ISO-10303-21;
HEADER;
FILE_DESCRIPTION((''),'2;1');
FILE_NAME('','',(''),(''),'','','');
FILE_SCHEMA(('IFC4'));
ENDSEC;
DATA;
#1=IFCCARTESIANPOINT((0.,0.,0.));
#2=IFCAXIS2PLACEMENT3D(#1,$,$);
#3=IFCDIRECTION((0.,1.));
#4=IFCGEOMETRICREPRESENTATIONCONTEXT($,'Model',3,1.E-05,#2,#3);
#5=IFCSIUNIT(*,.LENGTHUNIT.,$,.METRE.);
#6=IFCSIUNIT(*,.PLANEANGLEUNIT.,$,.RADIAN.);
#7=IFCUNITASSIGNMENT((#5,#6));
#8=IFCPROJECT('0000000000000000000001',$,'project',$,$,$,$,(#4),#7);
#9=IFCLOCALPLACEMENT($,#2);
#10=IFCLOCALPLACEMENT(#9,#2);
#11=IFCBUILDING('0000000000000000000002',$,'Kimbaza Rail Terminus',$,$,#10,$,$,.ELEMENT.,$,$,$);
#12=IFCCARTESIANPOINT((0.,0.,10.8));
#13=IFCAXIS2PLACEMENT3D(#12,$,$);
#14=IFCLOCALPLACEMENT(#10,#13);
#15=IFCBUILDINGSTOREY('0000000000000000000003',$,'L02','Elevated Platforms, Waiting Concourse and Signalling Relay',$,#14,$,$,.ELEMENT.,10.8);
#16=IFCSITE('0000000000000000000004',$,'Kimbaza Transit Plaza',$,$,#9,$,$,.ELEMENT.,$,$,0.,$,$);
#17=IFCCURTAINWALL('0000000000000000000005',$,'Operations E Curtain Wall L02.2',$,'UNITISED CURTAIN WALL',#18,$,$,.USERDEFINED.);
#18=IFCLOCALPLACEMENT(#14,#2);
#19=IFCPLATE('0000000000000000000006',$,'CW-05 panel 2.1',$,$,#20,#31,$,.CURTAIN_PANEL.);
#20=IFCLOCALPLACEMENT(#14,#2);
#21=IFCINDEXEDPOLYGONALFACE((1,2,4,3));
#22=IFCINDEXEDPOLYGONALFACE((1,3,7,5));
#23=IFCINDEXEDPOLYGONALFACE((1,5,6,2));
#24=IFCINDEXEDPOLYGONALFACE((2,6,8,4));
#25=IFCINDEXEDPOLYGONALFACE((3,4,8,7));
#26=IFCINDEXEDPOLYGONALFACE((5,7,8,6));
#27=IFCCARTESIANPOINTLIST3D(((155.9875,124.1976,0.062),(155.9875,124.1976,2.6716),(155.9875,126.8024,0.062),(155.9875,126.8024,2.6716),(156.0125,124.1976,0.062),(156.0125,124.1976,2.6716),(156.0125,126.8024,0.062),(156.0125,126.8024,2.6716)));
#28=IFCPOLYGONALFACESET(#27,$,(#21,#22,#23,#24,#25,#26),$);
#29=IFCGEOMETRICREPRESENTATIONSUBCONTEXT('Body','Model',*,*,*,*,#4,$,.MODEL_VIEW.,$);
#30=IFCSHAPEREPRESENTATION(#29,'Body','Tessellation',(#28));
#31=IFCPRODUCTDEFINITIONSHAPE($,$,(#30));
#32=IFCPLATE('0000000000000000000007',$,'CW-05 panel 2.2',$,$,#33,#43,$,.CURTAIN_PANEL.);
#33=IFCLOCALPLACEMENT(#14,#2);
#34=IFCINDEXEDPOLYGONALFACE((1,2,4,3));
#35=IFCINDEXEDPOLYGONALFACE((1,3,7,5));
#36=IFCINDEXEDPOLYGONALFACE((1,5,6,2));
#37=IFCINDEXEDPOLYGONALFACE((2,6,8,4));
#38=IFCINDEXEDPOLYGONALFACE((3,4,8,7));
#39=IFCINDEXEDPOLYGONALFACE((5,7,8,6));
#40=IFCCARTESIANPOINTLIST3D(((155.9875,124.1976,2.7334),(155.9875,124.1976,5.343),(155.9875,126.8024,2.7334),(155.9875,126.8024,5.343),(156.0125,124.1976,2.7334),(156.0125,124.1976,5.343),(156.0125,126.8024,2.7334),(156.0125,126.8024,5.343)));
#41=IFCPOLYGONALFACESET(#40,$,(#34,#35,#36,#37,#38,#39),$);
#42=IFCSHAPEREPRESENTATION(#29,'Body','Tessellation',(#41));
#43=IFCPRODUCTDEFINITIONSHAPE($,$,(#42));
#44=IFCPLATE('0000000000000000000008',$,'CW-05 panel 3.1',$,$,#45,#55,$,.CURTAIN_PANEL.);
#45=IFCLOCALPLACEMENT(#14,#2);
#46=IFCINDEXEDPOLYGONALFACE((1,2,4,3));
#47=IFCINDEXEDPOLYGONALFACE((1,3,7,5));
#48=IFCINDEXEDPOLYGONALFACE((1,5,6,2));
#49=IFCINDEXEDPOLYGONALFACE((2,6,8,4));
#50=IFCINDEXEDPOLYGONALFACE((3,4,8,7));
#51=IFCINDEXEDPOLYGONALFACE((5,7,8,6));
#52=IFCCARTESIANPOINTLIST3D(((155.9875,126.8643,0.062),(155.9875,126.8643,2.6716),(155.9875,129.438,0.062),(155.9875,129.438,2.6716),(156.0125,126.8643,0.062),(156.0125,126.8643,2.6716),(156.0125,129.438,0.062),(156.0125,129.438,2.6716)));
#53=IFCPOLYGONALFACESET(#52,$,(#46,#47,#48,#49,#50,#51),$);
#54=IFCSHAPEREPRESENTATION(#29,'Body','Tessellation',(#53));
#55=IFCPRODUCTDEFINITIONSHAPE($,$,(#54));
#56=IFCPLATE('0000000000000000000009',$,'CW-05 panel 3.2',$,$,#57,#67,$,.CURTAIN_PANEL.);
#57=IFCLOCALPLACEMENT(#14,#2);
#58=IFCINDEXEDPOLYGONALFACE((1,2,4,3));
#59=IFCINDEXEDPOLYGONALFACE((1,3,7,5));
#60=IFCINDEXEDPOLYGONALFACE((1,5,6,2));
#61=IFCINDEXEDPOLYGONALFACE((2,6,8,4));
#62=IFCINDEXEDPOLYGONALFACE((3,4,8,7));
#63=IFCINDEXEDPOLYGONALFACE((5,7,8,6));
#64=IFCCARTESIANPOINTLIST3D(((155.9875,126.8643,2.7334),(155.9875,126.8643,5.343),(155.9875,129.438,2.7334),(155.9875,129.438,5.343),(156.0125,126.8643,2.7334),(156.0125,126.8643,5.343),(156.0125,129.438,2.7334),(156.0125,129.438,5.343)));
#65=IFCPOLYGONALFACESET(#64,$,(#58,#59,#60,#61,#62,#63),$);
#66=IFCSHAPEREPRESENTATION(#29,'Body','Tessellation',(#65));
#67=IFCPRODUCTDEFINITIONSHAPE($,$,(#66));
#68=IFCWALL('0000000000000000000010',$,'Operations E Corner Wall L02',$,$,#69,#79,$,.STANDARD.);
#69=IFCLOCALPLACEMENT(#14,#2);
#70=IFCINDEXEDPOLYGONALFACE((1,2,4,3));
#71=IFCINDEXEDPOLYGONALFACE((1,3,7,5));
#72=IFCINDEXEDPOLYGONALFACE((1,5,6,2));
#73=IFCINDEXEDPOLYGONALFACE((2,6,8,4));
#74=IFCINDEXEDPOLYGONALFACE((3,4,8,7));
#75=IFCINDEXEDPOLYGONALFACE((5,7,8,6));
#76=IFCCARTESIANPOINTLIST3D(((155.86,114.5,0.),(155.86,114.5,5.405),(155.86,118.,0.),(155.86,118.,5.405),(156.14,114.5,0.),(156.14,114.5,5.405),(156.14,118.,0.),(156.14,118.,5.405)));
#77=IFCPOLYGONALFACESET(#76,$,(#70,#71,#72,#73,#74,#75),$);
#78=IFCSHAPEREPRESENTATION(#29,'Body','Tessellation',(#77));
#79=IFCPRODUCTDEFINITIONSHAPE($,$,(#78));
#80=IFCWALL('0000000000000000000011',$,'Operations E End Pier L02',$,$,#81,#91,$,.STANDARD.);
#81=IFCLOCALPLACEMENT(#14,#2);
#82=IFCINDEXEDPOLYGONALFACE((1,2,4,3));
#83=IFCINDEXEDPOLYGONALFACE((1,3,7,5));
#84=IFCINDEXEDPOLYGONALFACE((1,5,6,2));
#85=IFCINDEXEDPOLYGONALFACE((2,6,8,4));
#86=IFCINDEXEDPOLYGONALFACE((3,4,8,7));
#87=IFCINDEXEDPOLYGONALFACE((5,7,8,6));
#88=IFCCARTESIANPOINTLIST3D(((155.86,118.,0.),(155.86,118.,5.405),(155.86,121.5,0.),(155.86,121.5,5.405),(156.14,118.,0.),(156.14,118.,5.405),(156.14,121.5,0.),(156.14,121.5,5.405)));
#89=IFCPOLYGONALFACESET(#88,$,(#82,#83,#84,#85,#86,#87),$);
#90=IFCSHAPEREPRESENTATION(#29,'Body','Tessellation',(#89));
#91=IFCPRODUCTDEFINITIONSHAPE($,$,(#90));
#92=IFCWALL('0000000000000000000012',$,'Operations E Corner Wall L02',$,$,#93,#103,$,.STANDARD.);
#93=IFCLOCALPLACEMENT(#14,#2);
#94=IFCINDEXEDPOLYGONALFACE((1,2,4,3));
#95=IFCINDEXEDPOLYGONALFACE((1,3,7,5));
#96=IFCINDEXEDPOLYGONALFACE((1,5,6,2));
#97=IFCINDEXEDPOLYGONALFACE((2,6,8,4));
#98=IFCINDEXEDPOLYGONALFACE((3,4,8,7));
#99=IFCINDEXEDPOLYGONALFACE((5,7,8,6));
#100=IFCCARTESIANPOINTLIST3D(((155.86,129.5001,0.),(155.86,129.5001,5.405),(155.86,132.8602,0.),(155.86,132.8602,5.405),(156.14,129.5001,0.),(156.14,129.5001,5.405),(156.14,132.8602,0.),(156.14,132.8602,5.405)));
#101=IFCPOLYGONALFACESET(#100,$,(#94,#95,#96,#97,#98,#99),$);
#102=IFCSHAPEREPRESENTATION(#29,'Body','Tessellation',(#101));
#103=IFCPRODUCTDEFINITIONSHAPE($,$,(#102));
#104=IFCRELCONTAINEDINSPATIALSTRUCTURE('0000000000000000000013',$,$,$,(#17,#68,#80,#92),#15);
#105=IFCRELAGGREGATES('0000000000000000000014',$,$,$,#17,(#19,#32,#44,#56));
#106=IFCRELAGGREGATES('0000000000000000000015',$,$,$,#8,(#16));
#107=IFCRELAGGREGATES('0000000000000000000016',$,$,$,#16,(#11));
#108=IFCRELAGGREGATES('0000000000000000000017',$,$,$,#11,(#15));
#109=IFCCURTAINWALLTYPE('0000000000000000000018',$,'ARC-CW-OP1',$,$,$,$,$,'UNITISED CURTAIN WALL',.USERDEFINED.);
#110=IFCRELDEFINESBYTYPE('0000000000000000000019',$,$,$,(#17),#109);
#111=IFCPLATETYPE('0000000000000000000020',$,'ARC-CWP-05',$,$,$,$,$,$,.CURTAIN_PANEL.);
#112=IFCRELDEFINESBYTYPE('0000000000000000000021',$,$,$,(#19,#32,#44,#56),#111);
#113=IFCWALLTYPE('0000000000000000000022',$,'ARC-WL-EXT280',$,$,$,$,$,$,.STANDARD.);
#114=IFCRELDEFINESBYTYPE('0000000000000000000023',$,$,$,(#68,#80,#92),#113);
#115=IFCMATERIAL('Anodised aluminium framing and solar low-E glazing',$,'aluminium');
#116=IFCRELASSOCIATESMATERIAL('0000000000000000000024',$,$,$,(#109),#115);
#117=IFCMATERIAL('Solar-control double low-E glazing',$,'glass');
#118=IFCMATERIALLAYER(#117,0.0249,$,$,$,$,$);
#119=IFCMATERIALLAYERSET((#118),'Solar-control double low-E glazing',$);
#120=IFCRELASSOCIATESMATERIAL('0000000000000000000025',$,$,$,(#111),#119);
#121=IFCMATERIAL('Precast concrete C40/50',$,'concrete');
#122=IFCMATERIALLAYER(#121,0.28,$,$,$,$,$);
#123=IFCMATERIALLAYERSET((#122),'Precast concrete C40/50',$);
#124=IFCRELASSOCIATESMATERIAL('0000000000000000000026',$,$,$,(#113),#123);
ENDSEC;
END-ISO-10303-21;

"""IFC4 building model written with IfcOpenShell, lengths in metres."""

from ifc_helpers import new_model, si_unit, direction, frame, frame_2d, origin, origin_2d, place, context, subcontext, project, spatial, rectangle, extrude, material, layer, layer_set, type_object, element, aggregate, save


model = new_model("IFC4")

# Units and contexts
model_context = context("Model", 3, precision=1e-05, world=origin(), true_north=direction((0.0, 1.0)))
body_context = subcontext(model_context, "Body", "Model", "MODEL_VIEW")
ifc_project = project(units=[si_unit("LENGTHUNIT", "METRE"), si_unit("PLANEANGLEUNIT", "RADIAN")], contexts=[model_context])

# Site, building, storey
site_placement = place(None, origin())
site = spatial("IfcSite", under=ifc_project, at=site_placement, Name="Kimbaza Transit Plaza", CompositionType="ELEMENT", RefElevation=0.0)
building_placement = place(site_placement, origin())
building = spatial("IfcBuilding", under=site, at=building_placement, Name="Kimbaza Rail Terminus", CompositionType="ELEMENT")
storey_placement = place(building_placement, frame((0.0, 0.0, 10.8)))
storey = spatial("IfcBuildingStorey", under=building, at=storey_placement, Name="L02", Description="Elevated Platforms, Waiting Concourse and Signalling Relay", CompositionType="ELEMENT", Elevation=10.8)

# Shared definitions
ifc_material_1 = material(Name="Anodised aluminium framing and solar low-E glazing", Category="aluminium")
curtain_wall_type = type_object("IfcCurtainWallType", Name="ARC-CW-OP1", ElementType="UNITISED CURTAIN WALL", PredefinedType="USERDEFINED", material=ifc_material_1)

# Curtain wall
curtain_wall_1_placement = place(storey_placement, origin())
curtain_wall_1 = element("IfcCurtainWall", 1, at=curtain_wall_1_placement, inside=storey, type_object=curtain_wall_type, Name="Operations E Curtain Wall L02.2", ObjectType="UNITISED CURTAIN WALL", PredefinedType="USERDEFINED")

# Plates
ifc_material_2 = material(Name="Solar-control double low-E glazing", Category="glass")
ifc_layer_1 = layer(ifc_material_2, 0.0249)
ifc_layer_set_1 = layer_set([ifc_layer_1], Name="Solar-control double low-E glazing")
plate_type = type_object("IfcPlateType", Name="ARC-CWP-05", PredefinedType="CURTAIN_PANEL", material=ifc_layer_set_1)
plate_1_placement = place(storey_placement, frame((156.0, 125.5, 0.062), z_axis=(0.0, 0.0, 1.0), x_axis=(0.0, 1.0, 0.0)))
plate_1 = element("IfcPlate", 2, at=plate_1_placement, type_object=plate_type, Name="CW-05 panel 2.1", PredefinedType="CURTAIN_PANEL", context=body_context, shape_type="SweptSolid", body=[
    extrude(rectangle(XDim=2.6047, YDim=0.0249, at=origin_2d()), origin(), (0.0, 0.0, 1.0), 2.6096),
])
plate_2_placement = place(storey_placement, frame((156.0, 125.5, 2.7334), z_axis=(0.0, 0.0, 1.0), x_axis=(0.0, 1.0, 0.0)))
plate_2 = element("IfcPlate", 3, at=plate_2_placement, type_object=plate_type, Name="CW-05 panel 2.2", PredefinedType="CURTAIN_PANEL", context=body_context, shape_type="SweptSolid", body=[
    extrude(rectangle(XDim=2.6047, YDim=0.0249, at=origin_2d()), origin(), (0.0, 0.0, 1.0), 2.6096),
])
plate_3_placement = place(storey_placement, frame((156.0, 128.1511, 0.062), z_axis=(0.0, 0.0, 1.0), x_axis=(0.0, 1.0, 0.0)))
plate_3 = element("IfcPlate", 4, at=plate_3_placement, type_object=plate_type, Name="CW-05 panel 3.1", PredefinedType="CURTAIN_PANEL", context=body_context, shape_type="SweptSolid", body=[
    extrude(rectangle(XDim=2.5737, YDim=0.0249, at=origin_2d()), origin(), (0.0, 0.0, 1.0), 2.6096),
])
plate_4_placement = place(storey_placement, frame((156.0, 128.1511, 2.7334), z_axis=(0.0, 0.0, 1.0), x_axis=(0.0, 1.0, 0.0)))
plate_4 = element("IfcPlate", 5, at=plate_4_placement, type_object=plate_type, Name="CW-05 panel 3.2", PredefinedType="CURTAIN_PANEL", context=body_context, shape_type="SweptSolid", body=[
    extrude(rectangle(XDim=2.5737, YDim=0.0249, at=origin_2d()), origin(), (0.0, 0.0, 1.0), 2.6096),
])
aggregate(curtain_wall_1, [plate_1, plate_2, plate_3, plate_4])

# Walls
ifc_material_3 = material(Name="Precast concrete C40/50", Category="concrete")
ifc_layer_2 = layer(ifc_material_3, 0.28)
ifc_layer_set_2 = layer_set([ifc_layer_2], Name="Precast concrete C40/50")
wall_type = type_object("IfcWallType", Name="ARC-WL-EXT280", PredefinedType="STANDARD", material=ifc_layer_set_2)
for number, where, z_axis, x_axis, name in (
    (6, (156.0, 114.5, 0.0), (0.0, 0.0, 1.0), (0.0, 1.0, 0.0), "Operations E Corner Wall L02"),
    (7, (156.0, 118.0, 0.0), (0.0, 0.0, 1.0), (0.0, 1.0, 0.0), "Operations E End Pier L02"),
):
    element("IfcWall", number, at=place(storey_placement, frame(where, z_axis=z_axis, x_axis=x_axis)), inside=storey, type_object=wall_type, Name=name, PredefinedType="STANDARD", context=body_context, shape_type="SweptSolid", body=[
        extrude(rectangle(XDim=3.5, YDim=0.28, at=frame_2d((1.75, 0.0))), origin(), (0.0, 0.0, 1.0), 5.405),
    ])
wall_placement = place(storey_placement, frame((156.0, 129.5, 0.0), z_axis=(0.0, 0.0, 1.0), x_axis=(0.0, 1.0, 0.0)))
element("IfcWall", 8, at=wall_placement, inside=storey, type_object=wall_type, Name="Operations E Corner Wall L02", PredefinedType="STANDARD", context=body_context, shape_type="SweptSolid", body=[
    extrude(rectangle(XDim=3.3601, YDim=0.28, at=frame_2d((1.6802, 0.0))), origin(), (0.0, 0.0, 1.0), 5.405),
])

save(model, "model.ifc")
